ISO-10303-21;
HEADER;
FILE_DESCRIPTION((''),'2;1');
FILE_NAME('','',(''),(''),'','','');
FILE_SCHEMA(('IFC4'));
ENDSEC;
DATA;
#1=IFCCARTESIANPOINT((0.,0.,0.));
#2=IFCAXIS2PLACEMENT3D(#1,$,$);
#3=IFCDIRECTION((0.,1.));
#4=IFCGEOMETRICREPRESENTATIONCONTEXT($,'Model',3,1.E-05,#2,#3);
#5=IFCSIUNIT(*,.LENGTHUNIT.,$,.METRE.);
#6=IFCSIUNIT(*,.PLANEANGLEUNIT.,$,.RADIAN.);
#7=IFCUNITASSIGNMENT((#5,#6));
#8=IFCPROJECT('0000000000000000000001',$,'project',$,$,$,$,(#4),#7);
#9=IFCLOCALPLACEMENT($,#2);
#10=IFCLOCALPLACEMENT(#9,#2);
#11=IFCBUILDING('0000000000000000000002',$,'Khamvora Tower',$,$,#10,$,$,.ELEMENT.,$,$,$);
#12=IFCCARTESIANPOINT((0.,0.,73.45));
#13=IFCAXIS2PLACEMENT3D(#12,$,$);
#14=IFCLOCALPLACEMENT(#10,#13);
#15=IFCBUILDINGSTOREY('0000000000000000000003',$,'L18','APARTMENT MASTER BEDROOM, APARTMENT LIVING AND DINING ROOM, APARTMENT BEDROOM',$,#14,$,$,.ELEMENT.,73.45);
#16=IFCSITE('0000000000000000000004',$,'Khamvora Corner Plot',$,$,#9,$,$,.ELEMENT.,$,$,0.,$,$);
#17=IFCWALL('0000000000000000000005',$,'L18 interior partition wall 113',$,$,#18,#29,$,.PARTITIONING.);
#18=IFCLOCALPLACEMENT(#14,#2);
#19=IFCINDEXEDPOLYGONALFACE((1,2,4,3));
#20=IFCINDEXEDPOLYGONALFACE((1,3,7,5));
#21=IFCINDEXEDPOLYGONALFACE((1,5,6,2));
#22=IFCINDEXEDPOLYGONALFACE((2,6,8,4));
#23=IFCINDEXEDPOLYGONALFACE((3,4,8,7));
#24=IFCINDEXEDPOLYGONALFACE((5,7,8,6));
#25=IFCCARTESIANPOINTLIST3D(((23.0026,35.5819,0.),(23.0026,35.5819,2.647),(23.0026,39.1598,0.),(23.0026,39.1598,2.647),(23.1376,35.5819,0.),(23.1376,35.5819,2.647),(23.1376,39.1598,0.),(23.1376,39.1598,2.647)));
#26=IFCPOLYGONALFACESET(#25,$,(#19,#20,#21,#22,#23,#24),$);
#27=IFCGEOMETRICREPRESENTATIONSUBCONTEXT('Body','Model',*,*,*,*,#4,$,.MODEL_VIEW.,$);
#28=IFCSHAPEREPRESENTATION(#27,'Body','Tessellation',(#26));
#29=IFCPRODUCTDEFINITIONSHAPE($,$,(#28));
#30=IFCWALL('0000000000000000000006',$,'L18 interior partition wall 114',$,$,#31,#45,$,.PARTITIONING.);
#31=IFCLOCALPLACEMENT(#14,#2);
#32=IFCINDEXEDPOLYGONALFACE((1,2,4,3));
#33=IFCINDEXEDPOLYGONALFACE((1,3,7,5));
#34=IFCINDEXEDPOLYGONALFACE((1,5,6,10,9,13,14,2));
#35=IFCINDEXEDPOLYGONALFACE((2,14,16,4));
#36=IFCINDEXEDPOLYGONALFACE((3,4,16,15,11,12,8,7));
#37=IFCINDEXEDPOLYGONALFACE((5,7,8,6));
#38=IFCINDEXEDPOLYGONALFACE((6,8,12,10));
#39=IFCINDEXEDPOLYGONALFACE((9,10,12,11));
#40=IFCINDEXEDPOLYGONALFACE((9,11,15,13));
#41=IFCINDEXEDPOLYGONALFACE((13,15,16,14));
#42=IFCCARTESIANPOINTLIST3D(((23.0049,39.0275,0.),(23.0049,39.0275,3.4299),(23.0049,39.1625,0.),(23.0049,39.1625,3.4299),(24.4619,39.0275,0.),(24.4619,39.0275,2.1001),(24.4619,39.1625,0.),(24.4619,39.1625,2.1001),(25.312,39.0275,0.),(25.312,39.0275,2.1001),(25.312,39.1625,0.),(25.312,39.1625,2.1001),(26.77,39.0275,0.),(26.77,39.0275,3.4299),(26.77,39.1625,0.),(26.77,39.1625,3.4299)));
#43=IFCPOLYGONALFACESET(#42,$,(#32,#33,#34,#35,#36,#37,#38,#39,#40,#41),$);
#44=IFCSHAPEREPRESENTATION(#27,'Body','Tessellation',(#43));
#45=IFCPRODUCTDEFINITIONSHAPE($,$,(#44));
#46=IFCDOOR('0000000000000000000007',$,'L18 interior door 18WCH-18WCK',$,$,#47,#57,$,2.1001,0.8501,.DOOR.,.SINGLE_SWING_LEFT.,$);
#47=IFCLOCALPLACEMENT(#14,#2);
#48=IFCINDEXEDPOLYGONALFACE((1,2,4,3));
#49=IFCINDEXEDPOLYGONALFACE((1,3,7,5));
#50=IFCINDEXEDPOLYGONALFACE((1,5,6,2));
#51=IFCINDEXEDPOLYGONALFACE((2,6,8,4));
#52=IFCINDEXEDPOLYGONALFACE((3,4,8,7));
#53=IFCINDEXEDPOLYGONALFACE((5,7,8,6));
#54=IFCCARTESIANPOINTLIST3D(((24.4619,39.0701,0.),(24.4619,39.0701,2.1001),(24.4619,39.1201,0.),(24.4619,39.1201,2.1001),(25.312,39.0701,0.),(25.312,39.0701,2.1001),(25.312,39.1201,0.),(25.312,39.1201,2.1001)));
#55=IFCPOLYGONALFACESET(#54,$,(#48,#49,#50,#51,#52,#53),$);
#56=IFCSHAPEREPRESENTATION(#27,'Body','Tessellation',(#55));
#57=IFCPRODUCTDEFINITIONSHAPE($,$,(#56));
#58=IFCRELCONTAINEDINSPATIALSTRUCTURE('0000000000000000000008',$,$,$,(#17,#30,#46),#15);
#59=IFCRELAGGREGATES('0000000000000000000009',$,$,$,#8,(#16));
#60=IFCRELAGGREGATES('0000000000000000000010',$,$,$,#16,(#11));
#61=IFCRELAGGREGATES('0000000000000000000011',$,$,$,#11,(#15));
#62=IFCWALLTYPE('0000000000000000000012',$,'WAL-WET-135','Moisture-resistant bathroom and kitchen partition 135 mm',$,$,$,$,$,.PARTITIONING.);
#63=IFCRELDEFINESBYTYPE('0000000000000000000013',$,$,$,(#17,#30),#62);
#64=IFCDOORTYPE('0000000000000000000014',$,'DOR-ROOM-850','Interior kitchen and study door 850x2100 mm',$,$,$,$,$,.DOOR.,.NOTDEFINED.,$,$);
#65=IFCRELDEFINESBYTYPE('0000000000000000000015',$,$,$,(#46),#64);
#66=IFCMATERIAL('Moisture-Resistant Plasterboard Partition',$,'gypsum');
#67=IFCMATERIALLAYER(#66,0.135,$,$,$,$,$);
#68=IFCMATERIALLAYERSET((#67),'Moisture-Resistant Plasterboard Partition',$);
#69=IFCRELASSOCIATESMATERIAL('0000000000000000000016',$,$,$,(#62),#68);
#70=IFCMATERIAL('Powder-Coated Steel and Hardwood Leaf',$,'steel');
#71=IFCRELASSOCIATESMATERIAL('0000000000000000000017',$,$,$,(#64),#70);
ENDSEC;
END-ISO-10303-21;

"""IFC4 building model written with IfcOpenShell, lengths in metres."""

from ifc_helpers import new_model, si_unit, direction, frame, frame_2d, origin, place, context, subcontext, project, spatial, rectangle, extrude, material, layer, layer_set, type_object, element, fill, save


model = new_model("IFC4")

# Units and contexts
model_context = context("Model", 3, precision=1e-05, world=origin(), true_north=direction((0.0, 1.0)))
body_context = subcontext(model_context, "Body", "Model", "MODEL_VIEW")
ifc_project = project(units=[si_unit("LENGTHUNIT", "METRE"), si_unit("PLANEANGLEUNIT", "RADIAN")], contexts=[model_context])

# Site, building, storey
site_placement = place(None, origin())
site = spatial("IfcSite", under=ifc_project, at=site_placement, Name="Khamvora Corner Plot", CompositionType="ELEMENT", RefElevation=0.0)
building_placement = place(site_placement, origin())
building = spatial("IfcBuilding", under=site, at=building_placement, Name="Khamvora Tower", CompositionType="ELEMENT")
storey_placement = place(building_placement, frame((0.0, 0.0, 73.45)))
storey = spatial("IfcBuildingStorey", under=building, at=storey_placement, Name="L18", Description="APARTMENT MASTER BEDROOM, APARTMENT LIVING AND DINING ROOM, APARTMENT BEDROOM", CompositionType="ELEMENT", Elevation=73.45)

# Shared definitions
ifc_material_1 = material(Name="Powder-Coated Steel and Hardwood Leaf", Category="steel")

# Shared definitions
ifc_material_2 = material(Name="Moisture-Resistant Plasterboard Partition", Category="gypsum")
ifc_layer_1 = layer(ifc_material_2, 0.135)
ifc_layer_set_1 = layer_set([ifc_layer_1], Name="Moisture-Resistant Plasterboard Partition")
wall_type_1 = type_object("IfcWallType", Name="WAL-WET-135", Description="Moisture-resistant bathroom and kitchen partition 135 mm", PredefinedType="PARTITIONING", material=ifc_layer_set_1)

# Wall
wall_1_placement = place(storey_placement, frame((23.0701, 39.1599, 0.0), z_axis=(0.0, 0.0, 1.0), x_axis=(0.0, -1.0, 0.0)))
element("IfcWall", 1, at=wall_1_placement, inside=storey, type_object=wall_type_1, Name="L18 interior partition wall 113", PredefinedType="PARTITIONING", context=body_context, shape_type="SweptSolid", body=[
    extrude(rectangle(XDim=3.5779, YDim=0.135, at=frame_2d((1.7891, 0.0))), origin(), (0.0, 0.0, 1.0), 2.647),
])

# Wall, opening, door
wall_2_placement = place(storey_placement, frame((26.77, 39.095, 0.0), z_axis=(0.0, 0.0, 1.0), x_axis=(-1.0, 0.0, 0.0)))
wall_2 = element("IfcWall", 2, at=wall_2_placement, inside=storey, type_object=wall_type_1, Name="L18 interior partition wall 114", PredefinedType="PARTITIONING", context=body_context, shape_type="SweptSolid", body=[
    extrude(rectangle(XDim=3.7651, YDim=0.135, at=frame_2d((1.8826, 0.0))), origin(), (0.0, 0.0, 1.0), 3.4299),
])
opening_1_placement = place(wall_2_placement, frame((1.458, 0.0, 0.0)))
opening_1 = element("IfcOpeningElement", 3, at=opening_1_placement, cuts=wall_2, PredefinedType="OPENING", context=body_context, shape_type="SweptSolid", body=[
    extrude(rectangle(XDim=0.8501, YDim=2.1001, at=frame_2d((0.425, 1.05))), frame((0.0, 0.0774, 0.0), z_axis=(0.0, -1.0, 0.0), x_axis=(1.0, 0.0, 0.0)), (0.0, 0.0, 1.0), 0.155),
])
door_type_1 = type_object("IfcDoorType", Name="DOR-ROOM-850", Description="Interior kitchen and study door 850x2100 mm", OperationType="NOTDEFINED", PredefinedType="DOOR", material=ifc_material_1)
door_1_placement = place(opening_1_placement, origin())
door_1 = element("IfcDoor", 4, at=door_1_placement, inside=storey, type_object=door_type_1, Name="L18 interior door 18WCH-18WCK", OperationType="SINGLE_SWING_LEFT", OverallHeight=2.1001, OverallWidth=0.8501, PredefinedType="DOOR", context=body_context, shape_type="SweptSolid", body=[
    extrude(rectangle(XDim=0.8501, YDim=2.1001, at=frame_2d((0.425, 1.05))), frame((0.0, 0.0249, 0.0), z_axis=(0.0, -1.0, 0.0), x_axis=(1.0, 0.0, 0.0)), (0.0, 0.0, 1.0), 0.05),
])
fill(opening_1, door_1)

save(model, "model.ifc")
